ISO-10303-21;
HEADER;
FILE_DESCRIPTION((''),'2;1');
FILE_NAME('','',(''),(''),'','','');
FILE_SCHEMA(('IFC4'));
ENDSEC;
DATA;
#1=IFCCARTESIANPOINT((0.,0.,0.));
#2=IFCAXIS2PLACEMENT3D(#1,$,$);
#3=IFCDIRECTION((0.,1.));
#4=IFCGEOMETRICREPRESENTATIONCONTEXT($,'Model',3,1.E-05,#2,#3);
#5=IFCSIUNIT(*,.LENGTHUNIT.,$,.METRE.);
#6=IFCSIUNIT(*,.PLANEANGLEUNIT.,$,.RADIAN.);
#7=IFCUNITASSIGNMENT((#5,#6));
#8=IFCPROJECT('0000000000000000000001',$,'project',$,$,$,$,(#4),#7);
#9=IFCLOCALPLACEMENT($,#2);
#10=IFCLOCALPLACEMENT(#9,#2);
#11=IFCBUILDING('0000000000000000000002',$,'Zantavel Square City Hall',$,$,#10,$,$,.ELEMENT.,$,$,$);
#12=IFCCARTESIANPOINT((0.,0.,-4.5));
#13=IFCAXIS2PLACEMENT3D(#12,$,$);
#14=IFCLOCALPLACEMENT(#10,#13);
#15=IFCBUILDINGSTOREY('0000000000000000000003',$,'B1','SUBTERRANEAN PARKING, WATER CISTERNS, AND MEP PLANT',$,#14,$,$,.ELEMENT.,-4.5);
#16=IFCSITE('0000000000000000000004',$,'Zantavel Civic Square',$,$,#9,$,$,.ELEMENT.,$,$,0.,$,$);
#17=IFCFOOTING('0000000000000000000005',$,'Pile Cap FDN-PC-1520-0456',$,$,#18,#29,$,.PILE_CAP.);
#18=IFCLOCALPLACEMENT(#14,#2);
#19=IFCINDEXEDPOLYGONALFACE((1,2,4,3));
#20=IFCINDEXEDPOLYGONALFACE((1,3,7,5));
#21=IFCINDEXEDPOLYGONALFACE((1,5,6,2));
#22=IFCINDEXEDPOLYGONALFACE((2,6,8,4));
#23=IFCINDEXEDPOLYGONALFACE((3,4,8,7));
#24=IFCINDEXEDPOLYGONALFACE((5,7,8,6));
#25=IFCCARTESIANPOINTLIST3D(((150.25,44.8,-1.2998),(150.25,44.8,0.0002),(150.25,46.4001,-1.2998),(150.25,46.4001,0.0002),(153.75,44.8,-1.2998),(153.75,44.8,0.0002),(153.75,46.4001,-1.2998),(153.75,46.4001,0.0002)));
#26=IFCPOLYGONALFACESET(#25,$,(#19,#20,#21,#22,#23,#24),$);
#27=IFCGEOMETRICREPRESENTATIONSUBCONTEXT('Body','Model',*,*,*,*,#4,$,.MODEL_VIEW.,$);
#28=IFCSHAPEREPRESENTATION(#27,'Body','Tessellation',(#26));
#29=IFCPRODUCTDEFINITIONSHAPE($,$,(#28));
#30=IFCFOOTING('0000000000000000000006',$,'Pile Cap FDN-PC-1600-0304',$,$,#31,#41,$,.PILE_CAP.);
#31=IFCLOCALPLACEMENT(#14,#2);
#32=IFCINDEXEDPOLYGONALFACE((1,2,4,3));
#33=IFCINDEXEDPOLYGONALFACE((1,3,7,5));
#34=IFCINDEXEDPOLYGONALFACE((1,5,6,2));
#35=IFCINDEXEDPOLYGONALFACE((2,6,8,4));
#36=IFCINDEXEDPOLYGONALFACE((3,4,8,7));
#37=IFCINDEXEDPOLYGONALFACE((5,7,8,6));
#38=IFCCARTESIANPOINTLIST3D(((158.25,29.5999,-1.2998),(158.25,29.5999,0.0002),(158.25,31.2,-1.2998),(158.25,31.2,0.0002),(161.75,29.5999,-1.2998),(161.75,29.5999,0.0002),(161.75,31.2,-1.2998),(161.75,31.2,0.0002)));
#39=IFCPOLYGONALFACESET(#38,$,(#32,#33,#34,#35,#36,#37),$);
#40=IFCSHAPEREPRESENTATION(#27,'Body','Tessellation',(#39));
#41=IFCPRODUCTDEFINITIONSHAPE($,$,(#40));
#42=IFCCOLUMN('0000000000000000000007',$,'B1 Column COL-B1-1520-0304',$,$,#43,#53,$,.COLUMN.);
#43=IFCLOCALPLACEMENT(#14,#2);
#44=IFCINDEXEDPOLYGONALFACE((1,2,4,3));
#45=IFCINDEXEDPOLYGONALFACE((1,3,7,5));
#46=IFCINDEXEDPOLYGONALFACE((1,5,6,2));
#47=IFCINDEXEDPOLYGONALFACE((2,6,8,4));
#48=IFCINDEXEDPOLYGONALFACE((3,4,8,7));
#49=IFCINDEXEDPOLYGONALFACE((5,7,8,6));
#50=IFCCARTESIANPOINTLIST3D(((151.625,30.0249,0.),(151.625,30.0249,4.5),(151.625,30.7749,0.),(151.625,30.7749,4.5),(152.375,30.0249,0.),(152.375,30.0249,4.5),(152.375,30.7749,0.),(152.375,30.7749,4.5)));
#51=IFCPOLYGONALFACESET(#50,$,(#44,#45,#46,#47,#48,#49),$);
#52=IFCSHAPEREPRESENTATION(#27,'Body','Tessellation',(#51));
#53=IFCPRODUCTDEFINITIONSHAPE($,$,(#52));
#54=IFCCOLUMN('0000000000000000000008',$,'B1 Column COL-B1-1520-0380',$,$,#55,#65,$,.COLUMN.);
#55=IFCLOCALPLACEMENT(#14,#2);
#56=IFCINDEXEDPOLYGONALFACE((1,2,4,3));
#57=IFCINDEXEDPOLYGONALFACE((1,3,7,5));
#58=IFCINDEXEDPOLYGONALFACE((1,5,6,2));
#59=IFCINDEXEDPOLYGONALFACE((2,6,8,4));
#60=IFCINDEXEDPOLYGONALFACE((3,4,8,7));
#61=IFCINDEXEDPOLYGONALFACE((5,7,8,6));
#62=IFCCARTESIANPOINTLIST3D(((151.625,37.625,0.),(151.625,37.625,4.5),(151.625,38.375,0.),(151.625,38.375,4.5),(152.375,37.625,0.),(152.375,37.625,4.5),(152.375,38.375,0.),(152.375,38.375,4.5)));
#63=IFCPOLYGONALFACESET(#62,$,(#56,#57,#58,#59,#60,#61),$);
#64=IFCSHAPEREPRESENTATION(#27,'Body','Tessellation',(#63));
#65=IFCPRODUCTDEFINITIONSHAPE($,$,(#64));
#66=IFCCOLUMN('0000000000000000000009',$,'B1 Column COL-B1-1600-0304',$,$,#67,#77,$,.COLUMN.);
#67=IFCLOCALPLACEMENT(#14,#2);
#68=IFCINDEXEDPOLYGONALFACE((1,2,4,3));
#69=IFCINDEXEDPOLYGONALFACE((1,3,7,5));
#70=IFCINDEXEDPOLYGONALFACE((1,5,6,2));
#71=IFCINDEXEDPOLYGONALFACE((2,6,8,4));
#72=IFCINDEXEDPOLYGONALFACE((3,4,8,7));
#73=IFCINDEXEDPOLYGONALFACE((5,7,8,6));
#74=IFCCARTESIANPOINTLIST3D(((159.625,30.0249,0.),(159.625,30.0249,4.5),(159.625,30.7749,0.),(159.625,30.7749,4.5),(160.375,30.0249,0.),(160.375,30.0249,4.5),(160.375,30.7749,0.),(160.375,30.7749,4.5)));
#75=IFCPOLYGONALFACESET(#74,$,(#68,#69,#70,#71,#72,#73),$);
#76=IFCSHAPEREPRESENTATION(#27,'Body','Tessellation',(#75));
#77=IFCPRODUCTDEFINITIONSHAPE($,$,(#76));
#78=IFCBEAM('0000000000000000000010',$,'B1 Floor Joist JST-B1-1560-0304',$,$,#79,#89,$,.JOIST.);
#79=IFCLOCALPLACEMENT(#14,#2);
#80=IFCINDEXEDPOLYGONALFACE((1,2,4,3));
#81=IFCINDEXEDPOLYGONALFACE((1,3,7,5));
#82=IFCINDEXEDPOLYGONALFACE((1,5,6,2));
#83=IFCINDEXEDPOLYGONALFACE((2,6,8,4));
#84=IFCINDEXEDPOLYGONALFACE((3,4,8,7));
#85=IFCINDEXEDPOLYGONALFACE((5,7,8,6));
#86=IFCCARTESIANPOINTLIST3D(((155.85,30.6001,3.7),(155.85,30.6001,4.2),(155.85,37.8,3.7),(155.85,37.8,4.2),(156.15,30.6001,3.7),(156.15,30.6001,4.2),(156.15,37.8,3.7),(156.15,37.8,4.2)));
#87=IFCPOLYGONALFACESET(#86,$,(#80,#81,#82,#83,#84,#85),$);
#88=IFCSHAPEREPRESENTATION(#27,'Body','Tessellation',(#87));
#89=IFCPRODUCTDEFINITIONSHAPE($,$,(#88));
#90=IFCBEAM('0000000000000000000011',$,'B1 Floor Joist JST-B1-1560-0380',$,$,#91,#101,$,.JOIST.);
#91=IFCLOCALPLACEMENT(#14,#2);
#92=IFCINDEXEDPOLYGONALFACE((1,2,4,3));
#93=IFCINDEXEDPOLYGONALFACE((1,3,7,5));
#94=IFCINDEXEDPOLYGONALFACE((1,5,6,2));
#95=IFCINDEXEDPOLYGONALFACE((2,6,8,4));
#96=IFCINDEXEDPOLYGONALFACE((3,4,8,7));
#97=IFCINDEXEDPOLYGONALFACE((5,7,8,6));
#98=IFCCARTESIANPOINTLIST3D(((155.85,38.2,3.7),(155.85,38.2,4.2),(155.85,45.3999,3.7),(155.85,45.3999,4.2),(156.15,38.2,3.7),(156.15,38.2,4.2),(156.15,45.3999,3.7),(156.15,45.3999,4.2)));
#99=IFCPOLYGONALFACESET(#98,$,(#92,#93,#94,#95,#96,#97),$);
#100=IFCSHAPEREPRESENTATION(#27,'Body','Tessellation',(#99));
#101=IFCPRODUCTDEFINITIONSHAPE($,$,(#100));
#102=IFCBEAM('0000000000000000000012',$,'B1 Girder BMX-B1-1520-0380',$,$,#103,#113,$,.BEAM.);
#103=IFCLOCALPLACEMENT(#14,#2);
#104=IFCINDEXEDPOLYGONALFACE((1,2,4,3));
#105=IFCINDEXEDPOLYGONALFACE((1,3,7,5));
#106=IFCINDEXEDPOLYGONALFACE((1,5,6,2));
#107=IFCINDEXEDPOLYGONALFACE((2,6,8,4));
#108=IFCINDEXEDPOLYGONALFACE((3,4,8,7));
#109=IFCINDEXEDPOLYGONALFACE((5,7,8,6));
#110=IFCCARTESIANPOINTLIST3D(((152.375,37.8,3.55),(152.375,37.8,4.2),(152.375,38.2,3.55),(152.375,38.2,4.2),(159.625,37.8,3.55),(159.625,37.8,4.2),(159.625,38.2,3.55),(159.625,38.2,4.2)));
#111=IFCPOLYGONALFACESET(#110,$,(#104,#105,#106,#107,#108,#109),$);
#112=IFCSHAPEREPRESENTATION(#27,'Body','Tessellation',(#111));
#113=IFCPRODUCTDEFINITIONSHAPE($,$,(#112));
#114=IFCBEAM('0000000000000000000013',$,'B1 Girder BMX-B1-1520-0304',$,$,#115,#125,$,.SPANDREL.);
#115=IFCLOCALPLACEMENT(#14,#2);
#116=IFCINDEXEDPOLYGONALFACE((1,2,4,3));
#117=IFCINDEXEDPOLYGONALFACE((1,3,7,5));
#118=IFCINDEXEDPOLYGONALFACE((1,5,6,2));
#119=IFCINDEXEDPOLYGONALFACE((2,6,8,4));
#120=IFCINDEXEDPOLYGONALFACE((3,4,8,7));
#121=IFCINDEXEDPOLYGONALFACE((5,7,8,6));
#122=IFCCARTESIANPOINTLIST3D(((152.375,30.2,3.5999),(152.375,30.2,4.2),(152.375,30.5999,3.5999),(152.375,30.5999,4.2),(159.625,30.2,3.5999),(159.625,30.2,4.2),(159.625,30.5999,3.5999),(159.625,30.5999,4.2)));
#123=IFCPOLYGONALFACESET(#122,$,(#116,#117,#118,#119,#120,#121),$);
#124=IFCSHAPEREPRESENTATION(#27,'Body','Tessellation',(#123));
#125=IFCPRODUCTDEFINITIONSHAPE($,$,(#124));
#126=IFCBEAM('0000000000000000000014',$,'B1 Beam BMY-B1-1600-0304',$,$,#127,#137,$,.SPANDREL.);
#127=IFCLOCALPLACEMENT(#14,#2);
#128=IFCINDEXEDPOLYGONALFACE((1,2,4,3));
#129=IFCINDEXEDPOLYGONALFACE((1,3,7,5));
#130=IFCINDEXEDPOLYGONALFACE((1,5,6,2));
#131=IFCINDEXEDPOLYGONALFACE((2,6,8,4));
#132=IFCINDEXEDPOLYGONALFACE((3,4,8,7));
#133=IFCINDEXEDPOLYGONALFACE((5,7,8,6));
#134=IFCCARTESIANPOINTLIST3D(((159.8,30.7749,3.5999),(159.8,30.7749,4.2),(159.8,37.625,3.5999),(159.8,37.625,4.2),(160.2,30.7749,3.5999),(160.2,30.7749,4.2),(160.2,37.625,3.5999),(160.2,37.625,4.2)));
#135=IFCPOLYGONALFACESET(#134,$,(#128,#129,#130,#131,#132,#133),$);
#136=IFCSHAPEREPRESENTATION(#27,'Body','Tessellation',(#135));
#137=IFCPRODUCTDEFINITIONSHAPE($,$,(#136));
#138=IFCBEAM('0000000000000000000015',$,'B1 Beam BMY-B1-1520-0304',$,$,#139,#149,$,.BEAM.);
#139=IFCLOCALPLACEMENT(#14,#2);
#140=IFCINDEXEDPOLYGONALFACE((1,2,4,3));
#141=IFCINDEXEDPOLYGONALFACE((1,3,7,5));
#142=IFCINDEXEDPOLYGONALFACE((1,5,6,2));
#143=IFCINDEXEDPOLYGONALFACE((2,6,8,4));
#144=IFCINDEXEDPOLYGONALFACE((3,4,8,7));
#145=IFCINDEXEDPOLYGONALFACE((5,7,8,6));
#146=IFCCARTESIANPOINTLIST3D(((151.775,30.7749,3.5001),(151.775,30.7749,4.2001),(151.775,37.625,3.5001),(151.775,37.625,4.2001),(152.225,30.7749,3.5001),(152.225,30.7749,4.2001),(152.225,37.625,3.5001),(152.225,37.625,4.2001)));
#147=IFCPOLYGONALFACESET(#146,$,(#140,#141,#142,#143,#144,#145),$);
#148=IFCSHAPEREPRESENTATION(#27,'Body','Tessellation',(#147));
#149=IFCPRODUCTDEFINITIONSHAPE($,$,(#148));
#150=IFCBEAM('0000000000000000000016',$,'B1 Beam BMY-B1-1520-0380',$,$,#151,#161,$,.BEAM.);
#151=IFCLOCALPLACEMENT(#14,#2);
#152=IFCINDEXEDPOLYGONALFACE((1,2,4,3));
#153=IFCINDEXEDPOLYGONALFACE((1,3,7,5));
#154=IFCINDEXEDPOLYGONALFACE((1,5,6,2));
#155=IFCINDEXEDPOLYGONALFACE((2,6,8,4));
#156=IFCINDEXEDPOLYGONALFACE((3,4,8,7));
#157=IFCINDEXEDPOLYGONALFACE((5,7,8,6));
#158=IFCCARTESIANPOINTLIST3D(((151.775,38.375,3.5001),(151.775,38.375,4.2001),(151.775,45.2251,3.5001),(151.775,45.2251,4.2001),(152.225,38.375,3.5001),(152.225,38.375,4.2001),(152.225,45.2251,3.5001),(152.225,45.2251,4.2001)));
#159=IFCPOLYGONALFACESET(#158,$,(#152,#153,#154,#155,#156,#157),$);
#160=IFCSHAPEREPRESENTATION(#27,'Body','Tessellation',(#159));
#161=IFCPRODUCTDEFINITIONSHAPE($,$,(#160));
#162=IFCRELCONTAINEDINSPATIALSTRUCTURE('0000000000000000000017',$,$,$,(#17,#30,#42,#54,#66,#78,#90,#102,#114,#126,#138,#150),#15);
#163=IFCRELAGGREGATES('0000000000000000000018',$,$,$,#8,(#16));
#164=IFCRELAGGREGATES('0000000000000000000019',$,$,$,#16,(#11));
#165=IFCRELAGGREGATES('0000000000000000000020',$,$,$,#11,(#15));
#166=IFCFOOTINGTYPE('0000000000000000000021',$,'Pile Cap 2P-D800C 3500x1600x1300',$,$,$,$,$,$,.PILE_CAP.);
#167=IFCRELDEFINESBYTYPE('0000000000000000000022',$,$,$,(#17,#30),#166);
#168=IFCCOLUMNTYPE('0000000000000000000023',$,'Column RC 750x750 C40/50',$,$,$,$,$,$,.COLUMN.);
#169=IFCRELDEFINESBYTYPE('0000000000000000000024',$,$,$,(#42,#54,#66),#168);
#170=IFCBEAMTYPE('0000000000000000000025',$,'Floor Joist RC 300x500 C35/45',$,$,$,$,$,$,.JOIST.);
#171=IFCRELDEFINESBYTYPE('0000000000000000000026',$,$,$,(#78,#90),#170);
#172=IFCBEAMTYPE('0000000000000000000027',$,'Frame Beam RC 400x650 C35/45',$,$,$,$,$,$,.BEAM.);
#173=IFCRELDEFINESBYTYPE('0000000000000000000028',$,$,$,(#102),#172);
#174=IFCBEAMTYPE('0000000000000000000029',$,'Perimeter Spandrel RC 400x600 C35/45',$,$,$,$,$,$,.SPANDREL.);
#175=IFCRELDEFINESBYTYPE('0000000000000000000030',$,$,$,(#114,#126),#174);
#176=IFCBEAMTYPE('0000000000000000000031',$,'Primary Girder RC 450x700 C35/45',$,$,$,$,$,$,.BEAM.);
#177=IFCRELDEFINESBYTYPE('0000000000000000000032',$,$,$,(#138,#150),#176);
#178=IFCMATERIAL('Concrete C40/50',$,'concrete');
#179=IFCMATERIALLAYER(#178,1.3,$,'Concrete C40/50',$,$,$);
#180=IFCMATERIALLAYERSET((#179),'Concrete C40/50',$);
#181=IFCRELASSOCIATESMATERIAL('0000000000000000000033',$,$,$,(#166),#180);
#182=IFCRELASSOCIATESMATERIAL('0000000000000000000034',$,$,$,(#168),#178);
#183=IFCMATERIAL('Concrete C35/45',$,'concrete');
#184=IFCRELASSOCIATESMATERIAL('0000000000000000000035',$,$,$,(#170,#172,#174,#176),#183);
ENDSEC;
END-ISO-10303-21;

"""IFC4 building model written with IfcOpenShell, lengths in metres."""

from ifc_helpers import new_model, si_unit, direction, frame, origin, origin_2d, place, context, subcontext, project, spatial, rectangle, extrude, material, layer, layer_set, material_profile, profile_set, type_object, element, save


model = new_model("IFC4")

# Units and contexts
model_context = context("Model", 3, precision=1e-05, world=origin(), true_north=direction((0.0, 1.0)))
body_context = subcontext(model_context, "Body", "Model", "MODEL_VIEW")
ifc_project = project(units=[si_unit("LENGTHUNIT", "METRE"), si_unit("PLANEANGLEUNIT", "RADIAN")], contexts=[model_context])

# Site, building, storey
site_placement = place(None, origin())
site = spatial("IfcSite", under=ifc_project, at=site_placement, Name="Zantavel Civic Square", CompositionType="ELEMENT", RefElevation=0.0)
building_placement = place(site_placement, origin())
building = spatial("IfcBuilding", under=site, at=building_placement, Name="Zantavel Square City Hall", CompositionType="ELEMENT")
storey_placement = place(building_placement, frame((0.0, 0.0, -4.5)))
storey = spatial("IfcBuildingStorey", under=building, at=storey_placement, Name="B1", Description="SUBTERRANEAN PARKING, WATER CISTERNS, AND MEP PLANT", CompositionType="ELEMENT", Elevation=-4.5)

# Shared definitions
ifc_material_1 = material(Name="Concrete C35/45", Category="concrete")

# Footings
ifc_material_2 = material(Name="Concrete C40/50", Category="concrete")
ifc_layer_1 = layer(ifc_material_2, 1.3, Name="Concrete C40/50")
ifc_layer_set_1 = layer_set([ifc_layer_1], Name="Concrete C40/50")
footing_type_1 = type_object("IfcFootingType", Name="Pile Cap 2P-D800C 3500x1600x1300", PredefinedType="PILE_CAP", material=ifc_layer_set_1)
for number, where, z_axis, x_axis, name in (
    (1, (152.0, 45.6001, -1.2998), (0.0, 0.0, 1.0), (1.0, 0.0, 0.0), "Pile Cap FDN-PC-1520-0456"),
    (2, (160.0, 30.3999, -1.2998), (0.0, 0.0, 1.0), (1.0, 0.0, 0.0), "Pile Cap FDN-PC-1600-0304"),
):
    element("IfcFooting", number, at=place(storey_placement, frame(where, z_axis=z_axis, x_axis=x_axis)), inside=storey, type_object=footing_type_1, Name=name, PredefinedType="PILE_CAP", context=body_context, shape_type="SweptSolid", body=[
        extrude(rectangle(XDim=3.5, YDim=1.6001, at=origin_2d()), origin(), (0.0, 0.0, 1.0), 1.3),
    ])

# Columns
ifc_material_profile_1 = material_profile(ifc_material_2, rectangle(XDim=0.75, YDim=0.75, at=origin_2d()), Name="RC 750x750")
ifc_profile_set_1 = profile_set([ifc_material_profile_1], Name="Concrete C40/50")
column_type = type_object("IfcColumnType", Name="Column RC 750x750 C40/50", PredefinedType="COLUMN", material=ifc_profile_set_1)
for number, where, z_axis, x_axis, name in (
    (3, (152.0, 30.3999, 0.0), (0.0, 0.0, 1.0), (1.0, 0.0, 0.0), "B1 Column COL-B1-1520-0304"),
    (4, (152.0, 38.0, 0.0), (0.0, 0.0, 1.0), (1.0, 0.0, 0.0), "B1 Column COL-B1-1520-0380"),
    (5, (160.0, 30.3999, 0.0), (0.0, 0.0, 1.0), (1.0, 0.0, 0.0), "B1 Column COL-B1-1600-0304"),
):
    element("IfcColumn", number, at=place(storey_placement, frame(where, z_axis=z_axis, x_axis=x_axis)), inside=storey, type_object=column_type, Name=name, PredefinedType="COLUMN", context=body_context, shape_type="SweptSolid", body=[
        extrude(rectangle(XDim=0.75, YDim=0.75, at=origin_2d()), origin(), (0.0, 0.0, 1.0), 4.5),
    ])

# Beams
ifc_material_profile_2 = material_profile(ifc_material_1, rectangle(XDim=0.3, YDim=0.5, at=origin_2d()), Name="RC 300x500")
ifc_profile_set_2 = profile_set([ifc_material_profile_2], Name="Concrete C35/45")
beam_type_1 = type_object("IfcBeamType", Name="Floor Joist RC 300x500 C35/45", PredefinedType="JOIST", material=ifc_profile_set_2)
for number, where, z_axis, x_axis, name in (
    (6, (156.0, 30.6001, 3.95), (0.0, 1.0, 0.0), (-1.0, 0.0, 0.0), "B1 Floor Joist JST-B1-1560-0304"),
    (7, (156.0, 38.2, 3.95), (0.0, 1.0, 0.0), (-1.0, 0.0, 0.0), "B1 Floor Joist JST-B1-1560-0380"),
):
    element("IfcBeam", number, at=place(storey_placement, frame(where, z_axis=z_axis, x_axis=x_axis)), inside=storey, type_object=beam_type_1, Name=name, PredefinedType="JOIST", context=body_context, shape_type="SweptSolid", body=[
        extrude(rectangle(XDim=0.3, YDim=0.5, at=origin_2d()), origin(), (0.0, 0.0, 1.0), 7.2),
    ])
ifc_material_profile_3 = material_profile(ifc_material_1, rectangle(XDim=0.3999, YDim=0.6499, at=origin_2d()), Name="RC 400x650")
ifc_profile_set_3 = profile_set([ifc_material_profile_3], Name="Concrete C35/45")
beam_type_2 = type_object("IfcBeamType", Name="Frame Beam RC 400x650 C35/45", PredefinedType="BEAM", material=ifc_profile_set_3)
beam_1_placement = place(storey_placement, frame((152.375, 38.0, 3.875), z_axis=(1.0, 0.0, 0.0), x_axis=(0.0, 1.0, 0.0)))
element("IfcBeam", 8, at=beam_1_placement, inside=storey, type_object=beam_type_2, Name="B1 Girder BMX-B1-1520-0380", PredefinedType="BEAM", context=body_context, shape_type="SweptSolid", body=[
    extrude(rectangle(XDim=0.3999, YDim=0.6499, at=origin_2d()), origin(), (0.0, 0.0, 1.0), 7.25),
])
ifc_material_profile_4 = material_profile(ifc_material_1, rectangle(XDim=0.3999, YDim=0.6001, at=origin_2d()), Name="RC 400x600")
ifc_profile_set_4 = profile_set([ifc_material_profile_4], Name="Concrete C35/45")
beam_type_3 = type_object("IfcBeamType", Name="Perimeter Spandrel RC 400x600 C35/45", PredefinedType="SPANDREL", material=ifc_profile_set_4)
beam_2_placement = place(storey_placement, frame((152.375, 30.3999, 3.8999), z_axis=(1.0, 0.0, 0.0), x_axis=(0.0, 1.0, 0.0)))
element("IfcBeam", 9, at=beam_2_placement, inside=storey, type_object=beam_type_3, Name="B1 Girder BMX-B1-1520-0304", PredefinedType="SPANDREL", context=body_context, shape_type="SweptSolid", body=[
    extrude(rectangle(XDim=0.3999, YDim=0.6001, at=origin_2d()), origin(), (0.0, 0.0, 1.0), 7.25),
])
beam_3_placement = place(storey_placement, frame((160.0, 30.7749, 3.8999), z_axis=(0.0, 1.0, 0.0), x_axis=(-1.0, 0.0, 0.0)))
element("IfcBeam", 10, at=beam_3_placement, inside=storey, type_object=beam_type_3, Name="B1 Beam BMY-B1-1600-0304", PredefinedType="SPANDREL", context=body_context, shape_type="SweptSolid", body=[
    extrude(rectangle(XDim=0.3999, YDim=0.6001, at=origin_2d()), origin(), (0.0, 0.0, 1.0), 6.8501),
])
ifc_material_profile_5 = material_profile(ifc_material_1, rectangle(XDim=0.45, YDim=0.7, at=origin_2d()), Name="RC 450x700")
ifc_profile_set_5 = profile_set([ifc_material_profile_5], Name="Concrete C35/45")
beam_type_4 = type_object("IfcBeamType", Name="Primary Girder RC 450x700 C35/45", PredefinedType="BEAM", material=ifc_profile_set_5)
for number, where, z_axis, x_axis, name in (
    (11, (152.0, 30.7749, 3.8501), (0.0, 1.0, 0.0), (-1.0, 0.0, 0.0), "B1 Beam BMY-B1-1520-0304"),
    (12, (152.0, 38.375, 3.8501), (0.0, 1.0, 0.0), (-1.0, 0.0, 0.0), "B1 Beam BMY-B1-1520-0380"),
):
    element("IfcBeam", number, at=place(storey_placement, frame(where, z_axis=z_axis, x_axis=x_axis)), inside=storey, type_object=beam_type_4, Name=name, PredefinedType="BEAM", context=body_context, shape_type="SweptSolid", body=[
        extrude(rectangle(XDim=0.45, YDim=0.7, at=origin_2d()), origin(), (0.0, 0.0, 1.0), 6.8501),
    ])

save(model, "model.ifc")
